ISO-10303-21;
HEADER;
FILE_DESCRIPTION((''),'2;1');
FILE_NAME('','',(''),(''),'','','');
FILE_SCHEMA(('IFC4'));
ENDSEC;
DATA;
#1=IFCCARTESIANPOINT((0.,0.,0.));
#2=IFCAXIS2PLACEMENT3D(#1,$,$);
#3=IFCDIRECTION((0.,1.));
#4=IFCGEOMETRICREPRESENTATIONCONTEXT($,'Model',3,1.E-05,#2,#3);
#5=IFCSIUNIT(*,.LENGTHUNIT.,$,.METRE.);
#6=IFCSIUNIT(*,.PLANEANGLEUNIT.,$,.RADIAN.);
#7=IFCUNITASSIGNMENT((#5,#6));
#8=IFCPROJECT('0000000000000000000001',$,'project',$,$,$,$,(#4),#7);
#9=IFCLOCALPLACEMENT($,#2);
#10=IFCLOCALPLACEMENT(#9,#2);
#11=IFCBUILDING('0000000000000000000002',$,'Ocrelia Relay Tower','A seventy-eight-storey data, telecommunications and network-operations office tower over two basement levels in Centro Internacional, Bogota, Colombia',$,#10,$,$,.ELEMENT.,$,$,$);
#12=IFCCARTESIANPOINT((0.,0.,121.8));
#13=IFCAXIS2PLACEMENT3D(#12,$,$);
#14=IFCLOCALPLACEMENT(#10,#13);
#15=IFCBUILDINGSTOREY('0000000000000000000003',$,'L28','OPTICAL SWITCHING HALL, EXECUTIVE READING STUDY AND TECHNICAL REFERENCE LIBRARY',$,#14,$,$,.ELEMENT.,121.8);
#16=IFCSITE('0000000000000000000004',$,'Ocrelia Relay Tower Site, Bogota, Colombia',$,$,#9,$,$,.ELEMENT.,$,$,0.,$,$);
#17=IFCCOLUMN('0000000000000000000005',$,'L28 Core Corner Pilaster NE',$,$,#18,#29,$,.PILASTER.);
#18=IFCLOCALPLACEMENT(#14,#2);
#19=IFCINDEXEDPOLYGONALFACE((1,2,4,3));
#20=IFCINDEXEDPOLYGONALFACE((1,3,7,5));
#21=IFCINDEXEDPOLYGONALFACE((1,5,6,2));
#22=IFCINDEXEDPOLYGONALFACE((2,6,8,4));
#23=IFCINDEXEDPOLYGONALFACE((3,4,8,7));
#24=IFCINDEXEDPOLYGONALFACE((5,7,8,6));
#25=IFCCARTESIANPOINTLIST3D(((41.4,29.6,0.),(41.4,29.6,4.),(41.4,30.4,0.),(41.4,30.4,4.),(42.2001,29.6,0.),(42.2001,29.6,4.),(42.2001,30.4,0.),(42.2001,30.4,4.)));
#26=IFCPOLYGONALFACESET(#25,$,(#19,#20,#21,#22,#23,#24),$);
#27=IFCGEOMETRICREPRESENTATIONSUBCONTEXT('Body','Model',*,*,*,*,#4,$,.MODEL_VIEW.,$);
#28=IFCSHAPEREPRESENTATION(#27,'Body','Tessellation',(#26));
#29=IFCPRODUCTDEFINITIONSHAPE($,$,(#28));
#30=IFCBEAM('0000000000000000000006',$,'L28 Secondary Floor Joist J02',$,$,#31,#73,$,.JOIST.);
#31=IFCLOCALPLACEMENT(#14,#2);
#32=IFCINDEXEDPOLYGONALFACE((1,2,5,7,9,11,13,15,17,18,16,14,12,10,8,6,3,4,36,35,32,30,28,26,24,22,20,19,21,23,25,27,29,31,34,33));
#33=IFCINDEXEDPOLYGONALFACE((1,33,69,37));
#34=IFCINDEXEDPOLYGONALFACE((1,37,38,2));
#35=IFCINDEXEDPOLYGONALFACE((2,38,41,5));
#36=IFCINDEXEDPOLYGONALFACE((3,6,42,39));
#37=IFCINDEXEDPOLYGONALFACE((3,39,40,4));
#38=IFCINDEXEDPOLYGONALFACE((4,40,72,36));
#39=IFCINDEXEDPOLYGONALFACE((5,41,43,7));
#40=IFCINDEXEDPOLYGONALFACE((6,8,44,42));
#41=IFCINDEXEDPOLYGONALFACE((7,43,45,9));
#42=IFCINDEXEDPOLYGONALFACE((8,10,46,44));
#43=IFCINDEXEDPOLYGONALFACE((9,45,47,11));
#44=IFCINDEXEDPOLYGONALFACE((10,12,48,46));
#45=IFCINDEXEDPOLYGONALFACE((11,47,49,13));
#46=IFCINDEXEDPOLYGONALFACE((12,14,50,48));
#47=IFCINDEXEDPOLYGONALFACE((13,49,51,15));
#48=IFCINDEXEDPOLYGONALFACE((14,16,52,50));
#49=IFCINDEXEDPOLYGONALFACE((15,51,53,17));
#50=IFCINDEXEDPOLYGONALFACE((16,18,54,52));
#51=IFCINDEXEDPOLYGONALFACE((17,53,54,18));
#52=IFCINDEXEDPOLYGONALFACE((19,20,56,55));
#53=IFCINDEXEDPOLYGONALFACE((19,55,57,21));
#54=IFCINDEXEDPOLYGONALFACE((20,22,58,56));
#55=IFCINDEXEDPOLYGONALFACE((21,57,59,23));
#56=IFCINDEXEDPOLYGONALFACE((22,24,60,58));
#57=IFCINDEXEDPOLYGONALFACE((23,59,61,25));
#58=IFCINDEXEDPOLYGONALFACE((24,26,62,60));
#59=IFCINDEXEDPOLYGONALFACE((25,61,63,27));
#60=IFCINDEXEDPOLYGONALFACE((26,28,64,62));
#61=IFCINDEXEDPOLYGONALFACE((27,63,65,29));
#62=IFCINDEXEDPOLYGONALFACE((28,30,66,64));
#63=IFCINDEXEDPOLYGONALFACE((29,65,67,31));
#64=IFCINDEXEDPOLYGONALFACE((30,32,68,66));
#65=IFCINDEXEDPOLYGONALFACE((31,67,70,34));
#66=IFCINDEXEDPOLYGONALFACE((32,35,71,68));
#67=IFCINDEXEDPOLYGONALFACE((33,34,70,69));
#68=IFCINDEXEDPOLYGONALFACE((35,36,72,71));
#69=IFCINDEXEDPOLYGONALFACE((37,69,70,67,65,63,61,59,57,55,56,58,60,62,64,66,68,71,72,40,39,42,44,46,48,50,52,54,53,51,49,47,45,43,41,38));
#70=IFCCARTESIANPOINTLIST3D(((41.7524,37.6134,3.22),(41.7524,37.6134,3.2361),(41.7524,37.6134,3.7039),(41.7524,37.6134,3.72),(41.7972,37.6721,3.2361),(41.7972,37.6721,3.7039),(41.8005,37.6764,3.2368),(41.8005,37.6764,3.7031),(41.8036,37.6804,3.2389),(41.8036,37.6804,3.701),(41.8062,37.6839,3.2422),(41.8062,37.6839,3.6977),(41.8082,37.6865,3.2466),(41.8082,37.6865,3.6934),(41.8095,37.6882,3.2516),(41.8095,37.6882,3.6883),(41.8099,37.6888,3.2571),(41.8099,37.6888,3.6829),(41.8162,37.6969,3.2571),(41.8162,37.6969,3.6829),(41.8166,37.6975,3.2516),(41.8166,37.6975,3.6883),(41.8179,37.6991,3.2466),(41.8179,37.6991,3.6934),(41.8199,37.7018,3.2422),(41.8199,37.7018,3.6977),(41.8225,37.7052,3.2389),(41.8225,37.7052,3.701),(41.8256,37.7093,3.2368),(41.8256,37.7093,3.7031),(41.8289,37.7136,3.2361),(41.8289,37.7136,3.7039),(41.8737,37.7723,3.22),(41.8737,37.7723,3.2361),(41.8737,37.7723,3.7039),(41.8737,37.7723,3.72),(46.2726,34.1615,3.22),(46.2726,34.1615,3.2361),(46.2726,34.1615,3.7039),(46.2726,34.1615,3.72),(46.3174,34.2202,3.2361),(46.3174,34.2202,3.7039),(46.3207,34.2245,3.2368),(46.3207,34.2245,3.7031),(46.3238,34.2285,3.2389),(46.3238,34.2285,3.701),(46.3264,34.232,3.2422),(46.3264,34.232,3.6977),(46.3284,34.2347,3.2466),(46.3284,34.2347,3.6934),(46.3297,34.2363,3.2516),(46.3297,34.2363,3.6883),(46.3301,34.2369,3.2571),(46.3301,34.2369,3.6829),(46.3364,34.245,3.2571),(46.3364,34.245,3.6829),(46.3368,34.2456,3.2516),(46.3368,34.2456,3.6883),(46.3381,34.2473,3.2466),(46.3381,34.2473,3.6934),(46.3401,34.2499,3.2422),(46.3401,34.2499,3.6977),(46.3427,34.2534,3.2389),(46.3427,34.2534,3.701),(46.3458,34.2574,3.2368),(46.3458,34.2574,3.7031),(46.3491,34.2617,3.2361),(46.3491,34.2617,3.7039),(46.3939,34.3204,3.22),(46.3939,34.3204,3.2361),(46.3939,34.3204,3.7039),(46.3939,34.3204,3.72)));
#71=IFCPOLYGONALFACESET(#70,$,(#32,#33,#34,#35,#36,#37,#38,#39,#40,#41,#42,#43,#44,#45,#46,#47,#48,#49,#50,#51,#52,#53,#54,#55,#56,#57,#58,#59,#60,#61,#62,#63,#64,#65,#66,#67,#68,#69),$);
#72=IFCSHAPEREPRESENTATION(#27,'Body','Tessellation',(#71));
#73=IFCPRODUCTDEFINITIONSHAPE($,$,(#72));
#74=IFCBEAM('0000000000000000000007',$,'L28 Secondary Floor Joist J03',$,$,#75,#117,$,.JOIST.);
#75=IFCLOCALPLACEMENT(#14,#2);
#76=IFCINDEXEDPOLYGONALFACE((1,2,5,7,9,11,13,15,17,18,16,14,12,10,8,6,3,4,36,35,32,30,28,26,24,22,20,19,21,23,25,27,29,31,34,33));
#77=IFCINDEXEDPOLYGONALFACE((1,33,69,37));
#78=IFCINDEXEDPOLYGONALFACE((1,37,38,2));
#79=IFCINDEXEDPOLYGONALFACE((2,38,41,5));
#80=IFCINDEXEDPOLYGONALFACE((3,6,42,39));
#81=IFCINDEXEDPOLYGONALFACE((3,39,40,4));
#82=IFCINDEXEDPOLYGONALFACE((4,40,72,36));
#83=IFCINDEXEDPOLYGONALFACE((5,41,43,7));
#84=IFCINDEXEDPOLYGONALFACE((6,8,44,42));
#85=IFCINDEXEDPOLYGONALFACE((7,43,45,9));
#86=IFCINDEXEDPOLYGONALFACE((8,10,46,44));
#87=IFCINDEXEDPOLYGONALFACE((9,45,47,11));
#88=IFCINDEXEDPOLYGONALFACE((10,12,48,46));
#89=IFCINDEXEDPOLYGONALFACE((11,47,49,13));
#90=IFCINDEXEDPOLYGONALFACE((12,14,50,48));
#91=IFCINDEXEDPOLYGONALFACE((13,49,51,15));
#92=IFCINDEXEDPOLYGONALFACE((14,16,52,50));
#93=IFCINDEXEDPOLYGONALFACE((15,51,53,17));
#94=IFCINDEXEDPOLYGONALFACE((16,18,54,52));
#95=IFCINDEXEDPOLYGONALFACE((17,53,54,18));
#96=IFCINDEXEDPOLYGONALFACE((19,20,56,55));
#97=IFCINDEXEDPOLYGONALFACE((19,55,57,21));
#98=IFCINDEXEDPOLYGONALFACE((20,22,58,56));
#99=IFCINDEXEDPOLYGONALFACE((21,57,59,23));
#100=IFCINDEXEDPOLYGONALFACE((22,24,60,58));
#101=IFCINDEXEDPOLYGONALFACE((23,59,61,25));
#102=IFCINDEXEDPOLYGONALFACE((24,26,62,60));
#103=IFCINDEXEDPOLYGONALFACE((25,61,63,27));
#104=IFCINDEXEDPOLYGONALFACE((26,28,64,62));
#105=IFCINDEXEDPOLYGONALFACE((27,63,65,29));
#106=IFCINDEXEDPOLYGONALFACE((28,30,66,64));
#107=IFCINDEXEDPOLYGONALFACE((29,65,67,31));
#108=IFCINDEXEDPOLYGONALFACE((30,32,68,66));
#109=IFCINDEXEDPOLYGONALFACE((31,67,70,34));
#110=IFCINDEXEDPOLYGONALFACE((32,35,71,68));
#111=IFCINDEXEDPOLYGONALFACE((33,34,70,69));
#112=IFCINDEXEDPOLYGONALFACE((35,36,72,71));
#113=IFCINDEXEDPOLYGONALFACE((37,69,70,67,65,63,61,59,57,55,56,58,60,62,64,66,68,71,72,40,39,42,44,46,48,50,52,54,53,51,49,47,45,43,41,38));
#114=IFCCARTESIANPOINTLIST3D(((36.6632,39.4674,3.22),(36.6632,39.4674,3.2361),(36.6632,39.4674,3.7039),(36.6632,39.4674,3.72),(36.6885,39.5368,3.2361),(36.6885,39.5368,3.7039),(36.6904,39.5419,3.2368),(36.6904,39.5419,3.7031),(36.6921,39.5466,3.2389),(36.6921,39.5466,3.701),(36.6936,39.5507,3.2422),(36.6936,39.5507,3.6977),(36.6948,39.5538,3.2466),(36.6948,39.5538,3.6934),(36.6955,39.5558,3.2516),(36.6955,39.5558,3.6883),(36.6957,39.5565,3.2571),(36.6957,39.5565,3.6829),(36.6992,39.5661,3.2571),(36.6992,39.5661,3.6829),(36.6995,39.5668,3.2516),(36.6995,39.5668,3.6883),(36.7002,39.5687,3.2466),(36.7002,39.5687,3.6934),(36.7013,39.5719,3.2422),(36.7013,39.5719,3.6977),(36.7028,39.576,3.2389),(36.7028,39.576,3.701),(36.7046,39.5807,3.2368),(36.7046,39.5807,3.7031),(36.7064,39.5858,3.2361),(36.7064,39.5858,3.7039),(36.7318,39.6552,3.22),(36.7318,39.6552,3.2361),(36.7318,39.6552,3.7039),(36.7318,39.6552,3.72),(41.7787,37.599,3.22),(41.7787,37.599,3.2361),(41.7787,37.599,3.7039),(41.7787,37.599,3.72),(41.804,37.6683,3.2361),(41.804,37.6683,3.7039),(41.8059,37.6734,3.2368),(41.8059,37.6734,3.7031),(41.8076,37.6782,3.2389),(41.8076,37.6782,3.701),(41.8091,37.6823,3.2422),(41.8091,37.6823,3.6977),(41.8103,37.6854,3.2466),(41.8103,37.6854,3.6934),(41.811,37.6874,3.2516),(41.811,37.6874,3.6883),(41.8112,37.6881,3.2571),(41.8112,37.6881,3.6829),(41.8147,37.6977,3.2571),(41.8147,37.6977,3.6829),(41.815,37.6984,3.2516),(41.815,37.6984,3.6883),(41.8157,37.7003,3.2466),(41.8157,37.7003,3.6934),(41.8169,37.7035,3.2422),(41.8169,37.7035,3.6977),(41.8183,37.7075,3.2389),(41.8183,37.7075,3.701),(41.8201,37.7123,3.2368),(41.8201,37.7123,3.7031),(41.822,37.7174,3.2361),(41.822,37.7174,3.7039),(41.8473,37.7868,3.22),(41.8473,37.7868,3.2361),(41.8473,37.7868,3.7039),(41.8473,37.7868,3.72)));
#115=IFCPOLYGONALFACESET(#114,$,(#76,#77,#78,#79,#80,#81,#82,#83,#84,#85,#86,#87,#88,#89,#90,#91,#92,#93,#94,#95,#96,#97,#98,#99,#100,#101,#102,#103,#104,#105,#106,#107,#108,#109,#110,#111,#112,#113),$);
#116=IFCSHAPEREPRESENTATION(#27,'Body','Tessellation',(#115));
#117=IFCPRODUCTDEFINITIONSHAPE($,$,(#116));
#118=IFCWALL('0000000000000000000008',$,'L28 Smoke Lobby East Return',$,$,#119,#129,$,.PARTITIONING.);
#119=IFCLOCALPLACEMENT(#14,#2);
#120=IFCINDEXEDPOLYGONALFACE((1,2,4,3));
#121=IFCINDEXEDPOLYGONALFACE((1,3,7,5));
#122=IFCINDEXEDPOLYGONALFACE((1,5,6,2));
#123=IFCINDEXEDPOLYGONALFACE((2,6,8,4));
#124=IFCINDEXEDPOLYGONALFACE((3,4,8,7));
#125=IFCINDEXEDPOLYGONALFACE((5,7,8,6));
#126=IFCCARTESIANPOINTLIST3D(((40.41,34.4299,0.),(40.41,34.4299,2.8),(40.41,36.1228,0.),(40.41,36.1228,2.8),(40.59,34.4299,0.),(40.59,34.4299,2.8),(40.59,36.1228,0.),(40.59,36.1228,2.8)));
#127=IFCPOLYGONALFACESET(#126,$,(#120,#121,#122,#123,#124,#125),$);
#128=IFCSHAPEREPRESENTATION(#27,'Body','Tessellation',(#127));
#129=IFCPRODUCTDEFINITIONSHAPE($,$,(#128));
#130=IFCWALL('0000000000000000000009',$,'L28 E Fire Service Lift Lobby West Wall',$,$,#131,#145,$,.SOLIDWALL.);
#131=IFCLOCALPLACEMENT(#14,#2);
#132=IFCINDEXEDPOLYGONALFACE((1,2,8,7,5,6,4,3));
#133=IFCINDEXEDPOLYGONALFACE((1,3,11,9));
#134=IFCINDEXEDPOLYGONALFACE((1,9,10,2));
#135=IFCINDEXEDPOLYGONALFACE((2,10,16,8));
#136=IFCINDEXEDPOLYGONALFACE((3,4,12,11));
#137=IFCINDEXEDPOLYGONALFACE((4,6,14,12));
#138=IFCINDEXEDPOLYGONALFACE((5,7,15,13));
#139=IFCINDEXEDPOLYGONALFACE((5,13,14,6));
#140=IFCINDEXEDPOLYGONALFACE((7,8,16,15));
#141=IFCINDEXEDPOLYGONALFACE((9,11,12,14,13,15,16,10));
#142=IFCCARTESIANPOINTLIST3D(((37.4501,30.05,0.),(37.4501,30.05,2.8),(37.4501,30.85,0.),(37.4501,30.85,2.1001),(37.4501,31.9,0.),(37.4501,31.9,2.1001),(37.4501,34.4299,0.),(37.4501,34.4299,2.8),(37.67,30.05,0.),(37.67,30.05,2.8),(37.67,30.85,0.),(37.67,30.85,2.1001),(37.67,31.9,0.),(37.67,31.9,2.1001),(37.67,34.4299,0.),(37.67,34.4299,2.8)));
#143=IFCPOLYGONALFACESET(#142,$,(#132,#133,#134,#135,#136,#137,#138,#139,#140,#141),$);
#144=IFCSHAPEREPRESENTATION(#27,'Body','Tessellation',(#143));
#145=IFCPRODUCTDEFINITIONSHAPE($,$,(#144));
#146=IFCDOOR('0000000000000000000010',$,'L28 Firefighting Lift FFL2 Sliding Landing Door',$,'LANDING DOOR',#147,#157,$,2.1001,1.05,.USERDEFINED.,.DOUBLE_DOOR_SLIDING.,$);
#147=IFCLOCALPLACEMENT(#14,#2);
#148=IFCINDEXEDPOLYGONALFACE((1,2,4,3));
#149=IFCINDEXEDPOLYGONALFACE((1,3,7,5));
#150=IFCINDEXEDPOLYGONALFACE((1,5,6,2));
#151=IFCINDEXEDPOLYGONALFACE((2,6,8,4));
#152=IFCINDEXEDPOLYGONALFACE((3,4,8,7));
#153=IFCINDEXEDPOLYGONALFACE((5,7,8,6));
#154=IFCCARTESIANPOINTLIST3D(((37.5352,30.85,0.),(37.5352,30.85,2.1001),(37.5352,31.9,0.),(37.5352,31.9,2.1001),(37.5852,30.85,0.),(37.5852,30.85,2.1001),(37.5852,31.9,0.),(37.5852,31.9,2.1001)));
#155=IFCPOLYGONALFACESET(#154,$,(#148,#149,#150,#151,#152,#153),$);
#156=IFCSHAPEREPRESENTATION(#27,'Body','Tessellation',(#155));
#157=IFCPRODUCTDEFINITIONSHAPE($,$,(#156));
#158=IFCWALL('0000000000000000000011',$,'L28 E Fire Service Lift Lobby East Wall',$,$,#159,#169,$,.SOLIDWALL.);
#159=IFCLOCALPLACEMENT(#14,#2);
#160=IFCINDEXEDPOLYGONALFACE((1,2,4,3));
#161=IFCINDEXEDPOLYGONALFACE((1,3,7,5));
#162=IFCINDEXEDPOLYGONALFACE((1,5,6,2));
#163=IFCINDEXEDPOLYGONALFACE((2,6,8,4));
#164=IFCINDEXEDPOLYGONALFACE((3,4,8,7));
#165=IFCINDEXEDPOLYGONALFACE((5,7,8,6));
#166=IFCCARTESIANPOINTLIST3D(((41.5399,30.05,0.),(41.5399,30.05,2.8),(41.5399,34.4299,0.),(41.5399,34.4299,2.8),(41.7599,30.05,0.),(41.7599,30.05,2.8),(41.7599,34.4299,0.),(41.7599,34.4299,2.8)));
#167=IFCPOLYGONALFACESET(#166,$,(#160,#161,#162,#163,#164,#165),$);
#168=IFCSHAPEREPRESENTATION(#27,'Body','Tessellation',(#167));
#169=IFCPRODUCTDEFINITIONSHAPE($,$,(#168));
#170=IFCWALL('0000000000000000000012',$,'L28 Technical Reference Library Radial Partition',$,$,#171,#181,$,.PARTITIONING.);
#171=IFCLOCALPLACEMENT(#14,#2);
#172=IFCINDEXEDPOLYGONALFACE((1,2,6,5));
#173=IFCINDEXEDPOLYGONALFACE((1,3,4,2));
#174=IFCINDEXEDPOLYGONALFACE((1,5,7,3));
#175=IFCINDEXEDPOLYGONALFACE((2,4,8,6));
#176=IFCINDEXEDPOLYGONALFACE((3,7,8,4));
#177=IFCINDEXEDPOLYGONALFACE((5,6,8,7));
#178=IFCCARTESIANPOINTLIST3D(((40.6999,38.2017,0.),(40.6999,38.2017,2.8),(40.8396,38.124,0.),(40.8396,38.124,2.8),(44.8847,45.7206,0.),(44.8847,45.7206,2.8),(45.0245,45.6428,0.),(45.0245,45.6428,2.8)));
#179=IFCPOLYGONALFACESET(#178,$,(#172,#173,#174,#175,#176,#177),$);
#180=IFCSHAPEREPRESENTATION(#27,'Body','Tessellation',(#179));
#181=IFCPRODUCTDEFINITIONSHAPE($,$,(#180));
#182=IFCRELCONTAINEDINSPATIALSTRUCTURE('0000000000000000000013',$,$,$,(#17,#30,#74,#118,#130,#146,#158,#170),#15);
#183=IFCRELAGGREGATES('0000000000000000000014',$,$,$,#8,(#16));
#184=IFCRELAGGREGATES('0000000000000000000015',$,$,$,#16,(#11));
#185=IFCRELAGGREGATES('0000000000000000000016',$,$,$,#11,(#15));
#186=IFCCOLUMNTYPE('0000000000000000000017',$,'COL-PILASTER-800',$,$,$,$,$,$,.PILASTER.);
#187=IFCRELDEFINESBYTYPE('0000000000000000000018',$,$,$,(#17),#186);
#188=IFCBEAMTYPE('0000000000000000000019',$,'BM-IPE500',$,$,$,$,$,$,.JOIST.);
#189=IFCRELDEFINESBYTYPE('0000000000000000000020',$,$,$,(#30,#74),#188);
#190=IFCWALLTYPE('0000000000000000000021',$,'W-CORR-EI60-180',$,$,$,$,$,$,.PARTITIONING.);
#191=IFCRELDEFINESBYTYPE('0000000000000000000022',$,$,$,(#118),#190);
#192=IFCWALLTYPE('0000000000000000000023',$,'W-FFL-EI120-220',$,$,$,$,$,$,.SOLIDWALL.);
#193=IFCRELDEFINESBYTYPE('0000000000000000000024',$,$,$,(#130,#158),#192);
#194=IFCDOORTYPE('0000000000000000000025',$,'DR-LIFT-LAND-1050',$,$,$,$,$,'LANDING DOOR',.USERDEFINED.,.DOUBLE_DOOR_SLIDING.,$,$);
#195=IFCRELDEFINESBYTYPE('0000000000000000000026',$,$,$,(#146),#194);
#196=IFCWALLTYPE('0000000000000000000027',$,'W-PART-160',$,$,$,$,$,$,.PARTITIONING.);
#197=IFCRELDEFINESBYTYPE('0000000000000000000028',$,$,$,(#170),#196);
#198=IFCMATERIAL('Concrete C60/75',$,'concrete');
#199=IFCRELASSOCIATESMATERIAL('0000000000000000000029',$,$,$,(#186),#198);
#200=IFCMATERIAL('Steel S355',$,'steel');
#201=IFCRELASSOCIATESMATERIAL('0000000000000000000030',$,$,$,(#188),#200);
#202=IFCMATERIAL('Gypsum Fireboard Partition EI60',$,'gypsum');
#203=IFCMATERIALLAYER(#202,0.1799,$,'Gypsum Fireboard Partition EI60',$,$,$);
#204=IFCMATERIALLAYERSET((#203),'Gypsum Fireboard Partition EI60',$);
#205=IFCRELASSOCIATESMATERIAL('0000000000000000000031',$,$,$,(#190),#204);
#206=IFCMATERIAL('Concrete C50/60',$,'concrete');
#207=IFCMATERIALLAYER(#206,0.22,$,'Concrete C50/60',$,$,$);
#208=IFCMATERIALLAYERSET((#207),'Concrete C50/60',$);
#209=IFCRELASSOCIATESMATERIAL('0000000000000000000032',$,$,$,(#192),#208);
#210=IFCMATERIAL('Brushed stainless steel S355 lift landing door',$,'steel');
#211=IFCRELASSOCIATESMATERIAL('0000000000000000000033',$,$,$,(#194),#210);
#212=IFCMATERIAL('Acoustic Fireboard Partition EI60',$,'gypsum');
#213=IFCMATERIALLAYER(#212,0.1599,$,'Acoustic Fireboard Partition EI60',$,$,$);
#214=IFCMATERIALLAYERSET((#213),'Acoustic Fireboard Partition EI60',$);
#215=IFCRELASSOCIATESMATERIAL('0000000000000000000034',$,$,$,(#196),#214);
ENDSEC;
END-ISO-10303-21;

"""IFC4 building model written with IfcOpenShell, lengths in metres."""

from ifc_helpers import new_model, si_unit, direction, frame, frame_2d, origin, origin_2d, place, context, subcontext, project, spatial, rectangle, i_section, extrude, material, layer, layer_set, material_profile, profile_set, type_object, element, fill, save


model = new_model("IFC4")

# Units and contexts
model_context = context("Model", 3, precision=1e-05, world=origin(), true_north=direction((0.0, 1.0)))
body_context = subcontext(model_context, "Body", "Model", "MODEL_VIEW")
ifc_project = project(units=[si_unit("LENGTHUNIT", "METRE"), si_unit("PLANEANGLEUNIT", "RADIAN")], contexts=[model_context])

# Site, building, storey
site_placement = place(None, origin())
site = spatial("IfcSite", under=ifc_project, at=site_placement, Name="Ocrelia Relay Tower Site, Bogota, Colombia", CompositionType="ELEMENT", RefElevation=0.0)
building_placement = place(site_placement, origin())
building = spatial("IfcBuilding", under=site, at=building_placement, Name="Ocrelia Relay Tower", Description="A seventy-eight-storey data, telecommunications and network-operations office tower over two basement levels in Centro Internacional, Bogota, Colombia", CompositionType="ELEMENT")
storey_placement = place(building_placement, frame((0.0, 0.0, 121.8)))
storey = spatial("IfcBuildingStorey", under=building, at=storey_placement, Name="L28", Description="OPTICAL SWITCHING HALL, EXECUTIVE READING STUDY AND TECHNICAL REFERENCE LIBRARY", CompositionType="ELEMENT", Elevation=121.8)

# Column
ifc_material_1 = material(Name="Concrete C60/75", Category="concrete")
ifc_material_profile_1 = material_profile(ifc_material_1, rectangle(XDim=0.8, YDim=0.8, at=origin_2d()), Name="RC-COL-800x800")
ifc_profile_set_1 = profile_set([ifc_material_profile_1], Name="Concrete C60/75")
column_type = type_object("IfcColumnType", Name="COL-PILASTER-800", PredefinedType="PILASTER", material=ifc_profile_set_1)
column_placement = place(storey_placement, frame((41.8, 30.0, 0.0), z_axis=(0.0, 0.0, 1.0), x_axis=(1.0, 0.0, 0.0)))
element("IfcColumn", 1, at=column_placement, inside=storey, type_object=column_type, Name="L28 Core Corner Pilaster NE", PredefinedType="PILASTER", context=body_context, shape_type="SweptSolid", body=[
    extrude(rectangle(XDim=0.8, YDim=0.8, at=origin_2d()), origin(), (0.0, 0.0, 1.0), 4.0),
])

# Beams
ifc_material_2 = material(Name="Steel S355", Category="steel")
ifc_material_profile_2 = material_profile(ifc_material_2, i_section(OverallWidth=0.2, OverallDepth=0.5, WebThickness=0.0103, FlangeThickness=0.0161, FilletRadius=0.021, at=origin_2d()), Name="IPE 500")
ifc_profile_set_2 = profile_set([ifc_material_profile_2], Name="Steel S355")
beam_type = type_object("IfcBeamType", Name="BM-IPE500", PredefinedType="JOIST", material=ifc_profile_set_2)
beam_1_placement = place(storey_placement, frame((46.3333, 34.241, 3.47), z_axis=(-0.794762, 0.606921, 0.0), x_axis=(-0.606921, -0.794762, 0.0)))
element("IfcBeam", 2, at=beam_1_placement, inside=storey, type_object=beam_type, Name="L28 Secondary Floor Joist J02", PredefinedType="JOIST", context=body_context, shape_type="SweptSolid", body=[
    extrude(i_section(OverallWidth=0.2, OverallDepth=0.5, WebThickness=0.0103, FlangeThickness=0.0161, FilletRadius=0.021, at=origin_2d()), origin(), (0.0, 0.0, 1.0), 5.6875),
])
beam_2_placement = place(storey_placement, frame((41.813, 37.6929, 3.47), z_axis=(-0.939307, 0.343078, 0.0), x_axis=(-0.343078, -0.939307, 0.0)))
element("IfcBeam", 3, at=beam_2_placement, inside=storey, type_object=beam_type, Name="L28 Secondary Floor Joist J03", PredefinedType="JOIST", context=body_context, shape_type="SweptSolid", body=[
    extrude(i_section(OverallWidth=0.2, OverallDepth=0.5, WebThickness=0.0103, FlangeThickness=0.0161, FilletRadius=0.021, at=origin_2d()), origin(), (0.0, 0.0, 1.0), 5.446),
])

# Wall
ifc_material_3 = material(Name="Gypsum Fireboard Partition EI60", Category="gypsum")
ifc_layer_1 = layer(ifc_material_3, 0.1799, Name="Gypsum Fireboard Partition EI60")
ifc_layer_set_1 = layer_set([ifc_layer_1], Name="Gypsum Fireboard Partition EI60")
wall_type_1 = type_object("IfcWallType", Name="W-CORR-EI60-180", PredefinedType="PARTITIONING", material=ifc_layer_set_1)
wall_1_placement = place(storey_placement, frame((40.5, 36.1228, 0.0), z_axis=(0.0, 0.0, 1.0), x_axis=(0.0, -1.0, 0.0)))
element("IfcWall", 4, at=wall_1_placement, inside=storey, type_object=wall_type_1, Name="L28 Smoke Lobby East Return", PredefinedType="PARTITIONING", context=body_context, shape_type="SweptSolid", body=[
    extrude(rectangle(XDim=1.6929, YDim=0.1799, at=frame_2d((0.8464, 0.0))), origin(), (0.0, 0.0, 1.0), 2.8),
])

# Wall, opening, door
ifc_material_4 = material(Name="Concrete C50/60", Category="concrete")
ifc_layer_2 = layer(ifc_material_4, 0.22, Name="Concrete C50/60")
ifc_layer_set_2 = layer_set([ifc_layer_2], Name="Concrete C50/60")
wall_type_2 = type_object("IfcWallType", Name="W-FFL-EI120-220", PredefinedType="SOLIDWALL", material=ifc_layer_set_2)
wall_2_placement = place(storey_placement, frame((37.5601, 30.05, 0.0), z_axis=(0.0, 0.0, 1.0), x_axis=(0.0, 1.0, 0.0)))
wall_2 = element("IfcWall", 5, at=wall_2_placement, inside=storey, type_object=wall_type_2, Name="L28 E Fire Service Lift Lobby West Wall", PredefinedType="SOLIDWALL", context=body_context, shape_type="SweptSolid", body=[
    extrude(rectangle(XDim=4.3799, YDim=0.22, at=frame_2d((2.1899, 0.0))), origin(), (0.0, 0.0, 1.0), 2.8),
])
opening_1_placement = place(wall_2_placement, frame((0.8, 0.0, 0.0)))
opening_1 = element("IfcOpeningElement", 6, at=opening_1_placement, cuts=wall_2, PredefinedType="OPENING", context=body_context, shape_type="SweptSolid", body=[
    extrude(rectangle(XDim=1.05, YDim=2.1001, at=frame_2d((0.5249, 1.05))), frame((0.0, 0.1201, 0.0), z_axis=(0.0, -1.0, 0.0), x_axis=(1.0, 0.0, 0.0)), (0.0, 0.0, 1.0), 0.24),
])
ifc_material_5 = material(Name="Brushed stainless steel S355 lift landing door", Category="steel")
door_type_1 = type_object("IfcDoorType", Name="DR-LIFT-LAND-1050", ElementType="LANDING DOOR", OperationType="DOUBLE_DOOR_SLIDING", PredefinedType="USERDEFINED", material=ifc_material_5)
door_1_placement = place(opening_1_placement, origin())
door_1 = element("IfcDoor", 7, at=door_1_placement, inside=storey, type_object=door_type_1, Name="L28 Firefighting Lift FFL2 Sliding Landing Door", ObjectType="LANDING DOOR", OperationType="DOUBLE_DOOR_SLIDING", OverallHeight=2.1001, OverallWidth=1.05, PredefinedType="USERDEFINED", context=body_context, shape_type="SweptSolid", body=[
    extrude(rectangle(XDim=1.05, YDim=2.1001, at=frame_2d((0.5249, 1.05))), frame((0.0, 0.0249, 0.0), z_axis=(0.0, -1.0, 0.0), x_axis=(1.0, 0.0, 0.0)), (0.0, 0.0, 1.0), 0.05),
])
fill(opening_1, door_1)

# Wall
wall_3_placement = place(storey_placement, frame((41.6499, 30.05, 0.0), z_axis=(0.0, 0.0, 1.0), x_axis=(0.0, 1.0, 0.0)))
element("IfcWall", 8, at=wall_3_placement, inside=storey, type_object=wall_type_2, Name="L28 E Fire Service Lift Lobby East Wall", PredefinedType="SOLIDWALL", context=body_context, shape_type="SweptSolid", body=[
    extrude(rectangle(XDim=4.3799, YDim=0.22, at=frame_2d((2.1899, 0.0))), origin(), (0.0, 0.0, 1.0), 2.8),
])

# Wall
ifc_material_6 = material(Name="Acoustic Fireboard Partition EI60", Category="gypsum")
ifc_layer_3 = layer(ifc_material_6, 0.1599, Name="Acoustic Fireboard Partition EI60")
ifc_layer_set_3 = layer_set([ifc_layer_3], Name="Acoustic Fireboard Partition EI60")
wall_type_3 = type_object("IfcWallType", Name="W-PART-160", PredefinedType="PARTITIONING", material=ifc_layer_set_3)
wall_4_placement = place(storey_placement, frame((40.7698, 38.1628, 0.0), z_axis=(0.0, 0.0, 1.0), x_axis=(0.486327, 0.873777, 0.0)))
element("IfcWall", 9, at=wall_4_placement, inside=storey, type_object=wall_type_3, Name="L28 Technical Reference Library Radial Partition", PredefinedType="PARTITIONING", context=body_context, shape_type="SweptSolid", body=[
    extrude(rectangle(XDim=8.605, YDim=0.1599, at=frame_2d((4.3025, 0.0))), origin(), (0.0, 0.0, 1.0), 2.8),
])

save(model, "model.ifc")
